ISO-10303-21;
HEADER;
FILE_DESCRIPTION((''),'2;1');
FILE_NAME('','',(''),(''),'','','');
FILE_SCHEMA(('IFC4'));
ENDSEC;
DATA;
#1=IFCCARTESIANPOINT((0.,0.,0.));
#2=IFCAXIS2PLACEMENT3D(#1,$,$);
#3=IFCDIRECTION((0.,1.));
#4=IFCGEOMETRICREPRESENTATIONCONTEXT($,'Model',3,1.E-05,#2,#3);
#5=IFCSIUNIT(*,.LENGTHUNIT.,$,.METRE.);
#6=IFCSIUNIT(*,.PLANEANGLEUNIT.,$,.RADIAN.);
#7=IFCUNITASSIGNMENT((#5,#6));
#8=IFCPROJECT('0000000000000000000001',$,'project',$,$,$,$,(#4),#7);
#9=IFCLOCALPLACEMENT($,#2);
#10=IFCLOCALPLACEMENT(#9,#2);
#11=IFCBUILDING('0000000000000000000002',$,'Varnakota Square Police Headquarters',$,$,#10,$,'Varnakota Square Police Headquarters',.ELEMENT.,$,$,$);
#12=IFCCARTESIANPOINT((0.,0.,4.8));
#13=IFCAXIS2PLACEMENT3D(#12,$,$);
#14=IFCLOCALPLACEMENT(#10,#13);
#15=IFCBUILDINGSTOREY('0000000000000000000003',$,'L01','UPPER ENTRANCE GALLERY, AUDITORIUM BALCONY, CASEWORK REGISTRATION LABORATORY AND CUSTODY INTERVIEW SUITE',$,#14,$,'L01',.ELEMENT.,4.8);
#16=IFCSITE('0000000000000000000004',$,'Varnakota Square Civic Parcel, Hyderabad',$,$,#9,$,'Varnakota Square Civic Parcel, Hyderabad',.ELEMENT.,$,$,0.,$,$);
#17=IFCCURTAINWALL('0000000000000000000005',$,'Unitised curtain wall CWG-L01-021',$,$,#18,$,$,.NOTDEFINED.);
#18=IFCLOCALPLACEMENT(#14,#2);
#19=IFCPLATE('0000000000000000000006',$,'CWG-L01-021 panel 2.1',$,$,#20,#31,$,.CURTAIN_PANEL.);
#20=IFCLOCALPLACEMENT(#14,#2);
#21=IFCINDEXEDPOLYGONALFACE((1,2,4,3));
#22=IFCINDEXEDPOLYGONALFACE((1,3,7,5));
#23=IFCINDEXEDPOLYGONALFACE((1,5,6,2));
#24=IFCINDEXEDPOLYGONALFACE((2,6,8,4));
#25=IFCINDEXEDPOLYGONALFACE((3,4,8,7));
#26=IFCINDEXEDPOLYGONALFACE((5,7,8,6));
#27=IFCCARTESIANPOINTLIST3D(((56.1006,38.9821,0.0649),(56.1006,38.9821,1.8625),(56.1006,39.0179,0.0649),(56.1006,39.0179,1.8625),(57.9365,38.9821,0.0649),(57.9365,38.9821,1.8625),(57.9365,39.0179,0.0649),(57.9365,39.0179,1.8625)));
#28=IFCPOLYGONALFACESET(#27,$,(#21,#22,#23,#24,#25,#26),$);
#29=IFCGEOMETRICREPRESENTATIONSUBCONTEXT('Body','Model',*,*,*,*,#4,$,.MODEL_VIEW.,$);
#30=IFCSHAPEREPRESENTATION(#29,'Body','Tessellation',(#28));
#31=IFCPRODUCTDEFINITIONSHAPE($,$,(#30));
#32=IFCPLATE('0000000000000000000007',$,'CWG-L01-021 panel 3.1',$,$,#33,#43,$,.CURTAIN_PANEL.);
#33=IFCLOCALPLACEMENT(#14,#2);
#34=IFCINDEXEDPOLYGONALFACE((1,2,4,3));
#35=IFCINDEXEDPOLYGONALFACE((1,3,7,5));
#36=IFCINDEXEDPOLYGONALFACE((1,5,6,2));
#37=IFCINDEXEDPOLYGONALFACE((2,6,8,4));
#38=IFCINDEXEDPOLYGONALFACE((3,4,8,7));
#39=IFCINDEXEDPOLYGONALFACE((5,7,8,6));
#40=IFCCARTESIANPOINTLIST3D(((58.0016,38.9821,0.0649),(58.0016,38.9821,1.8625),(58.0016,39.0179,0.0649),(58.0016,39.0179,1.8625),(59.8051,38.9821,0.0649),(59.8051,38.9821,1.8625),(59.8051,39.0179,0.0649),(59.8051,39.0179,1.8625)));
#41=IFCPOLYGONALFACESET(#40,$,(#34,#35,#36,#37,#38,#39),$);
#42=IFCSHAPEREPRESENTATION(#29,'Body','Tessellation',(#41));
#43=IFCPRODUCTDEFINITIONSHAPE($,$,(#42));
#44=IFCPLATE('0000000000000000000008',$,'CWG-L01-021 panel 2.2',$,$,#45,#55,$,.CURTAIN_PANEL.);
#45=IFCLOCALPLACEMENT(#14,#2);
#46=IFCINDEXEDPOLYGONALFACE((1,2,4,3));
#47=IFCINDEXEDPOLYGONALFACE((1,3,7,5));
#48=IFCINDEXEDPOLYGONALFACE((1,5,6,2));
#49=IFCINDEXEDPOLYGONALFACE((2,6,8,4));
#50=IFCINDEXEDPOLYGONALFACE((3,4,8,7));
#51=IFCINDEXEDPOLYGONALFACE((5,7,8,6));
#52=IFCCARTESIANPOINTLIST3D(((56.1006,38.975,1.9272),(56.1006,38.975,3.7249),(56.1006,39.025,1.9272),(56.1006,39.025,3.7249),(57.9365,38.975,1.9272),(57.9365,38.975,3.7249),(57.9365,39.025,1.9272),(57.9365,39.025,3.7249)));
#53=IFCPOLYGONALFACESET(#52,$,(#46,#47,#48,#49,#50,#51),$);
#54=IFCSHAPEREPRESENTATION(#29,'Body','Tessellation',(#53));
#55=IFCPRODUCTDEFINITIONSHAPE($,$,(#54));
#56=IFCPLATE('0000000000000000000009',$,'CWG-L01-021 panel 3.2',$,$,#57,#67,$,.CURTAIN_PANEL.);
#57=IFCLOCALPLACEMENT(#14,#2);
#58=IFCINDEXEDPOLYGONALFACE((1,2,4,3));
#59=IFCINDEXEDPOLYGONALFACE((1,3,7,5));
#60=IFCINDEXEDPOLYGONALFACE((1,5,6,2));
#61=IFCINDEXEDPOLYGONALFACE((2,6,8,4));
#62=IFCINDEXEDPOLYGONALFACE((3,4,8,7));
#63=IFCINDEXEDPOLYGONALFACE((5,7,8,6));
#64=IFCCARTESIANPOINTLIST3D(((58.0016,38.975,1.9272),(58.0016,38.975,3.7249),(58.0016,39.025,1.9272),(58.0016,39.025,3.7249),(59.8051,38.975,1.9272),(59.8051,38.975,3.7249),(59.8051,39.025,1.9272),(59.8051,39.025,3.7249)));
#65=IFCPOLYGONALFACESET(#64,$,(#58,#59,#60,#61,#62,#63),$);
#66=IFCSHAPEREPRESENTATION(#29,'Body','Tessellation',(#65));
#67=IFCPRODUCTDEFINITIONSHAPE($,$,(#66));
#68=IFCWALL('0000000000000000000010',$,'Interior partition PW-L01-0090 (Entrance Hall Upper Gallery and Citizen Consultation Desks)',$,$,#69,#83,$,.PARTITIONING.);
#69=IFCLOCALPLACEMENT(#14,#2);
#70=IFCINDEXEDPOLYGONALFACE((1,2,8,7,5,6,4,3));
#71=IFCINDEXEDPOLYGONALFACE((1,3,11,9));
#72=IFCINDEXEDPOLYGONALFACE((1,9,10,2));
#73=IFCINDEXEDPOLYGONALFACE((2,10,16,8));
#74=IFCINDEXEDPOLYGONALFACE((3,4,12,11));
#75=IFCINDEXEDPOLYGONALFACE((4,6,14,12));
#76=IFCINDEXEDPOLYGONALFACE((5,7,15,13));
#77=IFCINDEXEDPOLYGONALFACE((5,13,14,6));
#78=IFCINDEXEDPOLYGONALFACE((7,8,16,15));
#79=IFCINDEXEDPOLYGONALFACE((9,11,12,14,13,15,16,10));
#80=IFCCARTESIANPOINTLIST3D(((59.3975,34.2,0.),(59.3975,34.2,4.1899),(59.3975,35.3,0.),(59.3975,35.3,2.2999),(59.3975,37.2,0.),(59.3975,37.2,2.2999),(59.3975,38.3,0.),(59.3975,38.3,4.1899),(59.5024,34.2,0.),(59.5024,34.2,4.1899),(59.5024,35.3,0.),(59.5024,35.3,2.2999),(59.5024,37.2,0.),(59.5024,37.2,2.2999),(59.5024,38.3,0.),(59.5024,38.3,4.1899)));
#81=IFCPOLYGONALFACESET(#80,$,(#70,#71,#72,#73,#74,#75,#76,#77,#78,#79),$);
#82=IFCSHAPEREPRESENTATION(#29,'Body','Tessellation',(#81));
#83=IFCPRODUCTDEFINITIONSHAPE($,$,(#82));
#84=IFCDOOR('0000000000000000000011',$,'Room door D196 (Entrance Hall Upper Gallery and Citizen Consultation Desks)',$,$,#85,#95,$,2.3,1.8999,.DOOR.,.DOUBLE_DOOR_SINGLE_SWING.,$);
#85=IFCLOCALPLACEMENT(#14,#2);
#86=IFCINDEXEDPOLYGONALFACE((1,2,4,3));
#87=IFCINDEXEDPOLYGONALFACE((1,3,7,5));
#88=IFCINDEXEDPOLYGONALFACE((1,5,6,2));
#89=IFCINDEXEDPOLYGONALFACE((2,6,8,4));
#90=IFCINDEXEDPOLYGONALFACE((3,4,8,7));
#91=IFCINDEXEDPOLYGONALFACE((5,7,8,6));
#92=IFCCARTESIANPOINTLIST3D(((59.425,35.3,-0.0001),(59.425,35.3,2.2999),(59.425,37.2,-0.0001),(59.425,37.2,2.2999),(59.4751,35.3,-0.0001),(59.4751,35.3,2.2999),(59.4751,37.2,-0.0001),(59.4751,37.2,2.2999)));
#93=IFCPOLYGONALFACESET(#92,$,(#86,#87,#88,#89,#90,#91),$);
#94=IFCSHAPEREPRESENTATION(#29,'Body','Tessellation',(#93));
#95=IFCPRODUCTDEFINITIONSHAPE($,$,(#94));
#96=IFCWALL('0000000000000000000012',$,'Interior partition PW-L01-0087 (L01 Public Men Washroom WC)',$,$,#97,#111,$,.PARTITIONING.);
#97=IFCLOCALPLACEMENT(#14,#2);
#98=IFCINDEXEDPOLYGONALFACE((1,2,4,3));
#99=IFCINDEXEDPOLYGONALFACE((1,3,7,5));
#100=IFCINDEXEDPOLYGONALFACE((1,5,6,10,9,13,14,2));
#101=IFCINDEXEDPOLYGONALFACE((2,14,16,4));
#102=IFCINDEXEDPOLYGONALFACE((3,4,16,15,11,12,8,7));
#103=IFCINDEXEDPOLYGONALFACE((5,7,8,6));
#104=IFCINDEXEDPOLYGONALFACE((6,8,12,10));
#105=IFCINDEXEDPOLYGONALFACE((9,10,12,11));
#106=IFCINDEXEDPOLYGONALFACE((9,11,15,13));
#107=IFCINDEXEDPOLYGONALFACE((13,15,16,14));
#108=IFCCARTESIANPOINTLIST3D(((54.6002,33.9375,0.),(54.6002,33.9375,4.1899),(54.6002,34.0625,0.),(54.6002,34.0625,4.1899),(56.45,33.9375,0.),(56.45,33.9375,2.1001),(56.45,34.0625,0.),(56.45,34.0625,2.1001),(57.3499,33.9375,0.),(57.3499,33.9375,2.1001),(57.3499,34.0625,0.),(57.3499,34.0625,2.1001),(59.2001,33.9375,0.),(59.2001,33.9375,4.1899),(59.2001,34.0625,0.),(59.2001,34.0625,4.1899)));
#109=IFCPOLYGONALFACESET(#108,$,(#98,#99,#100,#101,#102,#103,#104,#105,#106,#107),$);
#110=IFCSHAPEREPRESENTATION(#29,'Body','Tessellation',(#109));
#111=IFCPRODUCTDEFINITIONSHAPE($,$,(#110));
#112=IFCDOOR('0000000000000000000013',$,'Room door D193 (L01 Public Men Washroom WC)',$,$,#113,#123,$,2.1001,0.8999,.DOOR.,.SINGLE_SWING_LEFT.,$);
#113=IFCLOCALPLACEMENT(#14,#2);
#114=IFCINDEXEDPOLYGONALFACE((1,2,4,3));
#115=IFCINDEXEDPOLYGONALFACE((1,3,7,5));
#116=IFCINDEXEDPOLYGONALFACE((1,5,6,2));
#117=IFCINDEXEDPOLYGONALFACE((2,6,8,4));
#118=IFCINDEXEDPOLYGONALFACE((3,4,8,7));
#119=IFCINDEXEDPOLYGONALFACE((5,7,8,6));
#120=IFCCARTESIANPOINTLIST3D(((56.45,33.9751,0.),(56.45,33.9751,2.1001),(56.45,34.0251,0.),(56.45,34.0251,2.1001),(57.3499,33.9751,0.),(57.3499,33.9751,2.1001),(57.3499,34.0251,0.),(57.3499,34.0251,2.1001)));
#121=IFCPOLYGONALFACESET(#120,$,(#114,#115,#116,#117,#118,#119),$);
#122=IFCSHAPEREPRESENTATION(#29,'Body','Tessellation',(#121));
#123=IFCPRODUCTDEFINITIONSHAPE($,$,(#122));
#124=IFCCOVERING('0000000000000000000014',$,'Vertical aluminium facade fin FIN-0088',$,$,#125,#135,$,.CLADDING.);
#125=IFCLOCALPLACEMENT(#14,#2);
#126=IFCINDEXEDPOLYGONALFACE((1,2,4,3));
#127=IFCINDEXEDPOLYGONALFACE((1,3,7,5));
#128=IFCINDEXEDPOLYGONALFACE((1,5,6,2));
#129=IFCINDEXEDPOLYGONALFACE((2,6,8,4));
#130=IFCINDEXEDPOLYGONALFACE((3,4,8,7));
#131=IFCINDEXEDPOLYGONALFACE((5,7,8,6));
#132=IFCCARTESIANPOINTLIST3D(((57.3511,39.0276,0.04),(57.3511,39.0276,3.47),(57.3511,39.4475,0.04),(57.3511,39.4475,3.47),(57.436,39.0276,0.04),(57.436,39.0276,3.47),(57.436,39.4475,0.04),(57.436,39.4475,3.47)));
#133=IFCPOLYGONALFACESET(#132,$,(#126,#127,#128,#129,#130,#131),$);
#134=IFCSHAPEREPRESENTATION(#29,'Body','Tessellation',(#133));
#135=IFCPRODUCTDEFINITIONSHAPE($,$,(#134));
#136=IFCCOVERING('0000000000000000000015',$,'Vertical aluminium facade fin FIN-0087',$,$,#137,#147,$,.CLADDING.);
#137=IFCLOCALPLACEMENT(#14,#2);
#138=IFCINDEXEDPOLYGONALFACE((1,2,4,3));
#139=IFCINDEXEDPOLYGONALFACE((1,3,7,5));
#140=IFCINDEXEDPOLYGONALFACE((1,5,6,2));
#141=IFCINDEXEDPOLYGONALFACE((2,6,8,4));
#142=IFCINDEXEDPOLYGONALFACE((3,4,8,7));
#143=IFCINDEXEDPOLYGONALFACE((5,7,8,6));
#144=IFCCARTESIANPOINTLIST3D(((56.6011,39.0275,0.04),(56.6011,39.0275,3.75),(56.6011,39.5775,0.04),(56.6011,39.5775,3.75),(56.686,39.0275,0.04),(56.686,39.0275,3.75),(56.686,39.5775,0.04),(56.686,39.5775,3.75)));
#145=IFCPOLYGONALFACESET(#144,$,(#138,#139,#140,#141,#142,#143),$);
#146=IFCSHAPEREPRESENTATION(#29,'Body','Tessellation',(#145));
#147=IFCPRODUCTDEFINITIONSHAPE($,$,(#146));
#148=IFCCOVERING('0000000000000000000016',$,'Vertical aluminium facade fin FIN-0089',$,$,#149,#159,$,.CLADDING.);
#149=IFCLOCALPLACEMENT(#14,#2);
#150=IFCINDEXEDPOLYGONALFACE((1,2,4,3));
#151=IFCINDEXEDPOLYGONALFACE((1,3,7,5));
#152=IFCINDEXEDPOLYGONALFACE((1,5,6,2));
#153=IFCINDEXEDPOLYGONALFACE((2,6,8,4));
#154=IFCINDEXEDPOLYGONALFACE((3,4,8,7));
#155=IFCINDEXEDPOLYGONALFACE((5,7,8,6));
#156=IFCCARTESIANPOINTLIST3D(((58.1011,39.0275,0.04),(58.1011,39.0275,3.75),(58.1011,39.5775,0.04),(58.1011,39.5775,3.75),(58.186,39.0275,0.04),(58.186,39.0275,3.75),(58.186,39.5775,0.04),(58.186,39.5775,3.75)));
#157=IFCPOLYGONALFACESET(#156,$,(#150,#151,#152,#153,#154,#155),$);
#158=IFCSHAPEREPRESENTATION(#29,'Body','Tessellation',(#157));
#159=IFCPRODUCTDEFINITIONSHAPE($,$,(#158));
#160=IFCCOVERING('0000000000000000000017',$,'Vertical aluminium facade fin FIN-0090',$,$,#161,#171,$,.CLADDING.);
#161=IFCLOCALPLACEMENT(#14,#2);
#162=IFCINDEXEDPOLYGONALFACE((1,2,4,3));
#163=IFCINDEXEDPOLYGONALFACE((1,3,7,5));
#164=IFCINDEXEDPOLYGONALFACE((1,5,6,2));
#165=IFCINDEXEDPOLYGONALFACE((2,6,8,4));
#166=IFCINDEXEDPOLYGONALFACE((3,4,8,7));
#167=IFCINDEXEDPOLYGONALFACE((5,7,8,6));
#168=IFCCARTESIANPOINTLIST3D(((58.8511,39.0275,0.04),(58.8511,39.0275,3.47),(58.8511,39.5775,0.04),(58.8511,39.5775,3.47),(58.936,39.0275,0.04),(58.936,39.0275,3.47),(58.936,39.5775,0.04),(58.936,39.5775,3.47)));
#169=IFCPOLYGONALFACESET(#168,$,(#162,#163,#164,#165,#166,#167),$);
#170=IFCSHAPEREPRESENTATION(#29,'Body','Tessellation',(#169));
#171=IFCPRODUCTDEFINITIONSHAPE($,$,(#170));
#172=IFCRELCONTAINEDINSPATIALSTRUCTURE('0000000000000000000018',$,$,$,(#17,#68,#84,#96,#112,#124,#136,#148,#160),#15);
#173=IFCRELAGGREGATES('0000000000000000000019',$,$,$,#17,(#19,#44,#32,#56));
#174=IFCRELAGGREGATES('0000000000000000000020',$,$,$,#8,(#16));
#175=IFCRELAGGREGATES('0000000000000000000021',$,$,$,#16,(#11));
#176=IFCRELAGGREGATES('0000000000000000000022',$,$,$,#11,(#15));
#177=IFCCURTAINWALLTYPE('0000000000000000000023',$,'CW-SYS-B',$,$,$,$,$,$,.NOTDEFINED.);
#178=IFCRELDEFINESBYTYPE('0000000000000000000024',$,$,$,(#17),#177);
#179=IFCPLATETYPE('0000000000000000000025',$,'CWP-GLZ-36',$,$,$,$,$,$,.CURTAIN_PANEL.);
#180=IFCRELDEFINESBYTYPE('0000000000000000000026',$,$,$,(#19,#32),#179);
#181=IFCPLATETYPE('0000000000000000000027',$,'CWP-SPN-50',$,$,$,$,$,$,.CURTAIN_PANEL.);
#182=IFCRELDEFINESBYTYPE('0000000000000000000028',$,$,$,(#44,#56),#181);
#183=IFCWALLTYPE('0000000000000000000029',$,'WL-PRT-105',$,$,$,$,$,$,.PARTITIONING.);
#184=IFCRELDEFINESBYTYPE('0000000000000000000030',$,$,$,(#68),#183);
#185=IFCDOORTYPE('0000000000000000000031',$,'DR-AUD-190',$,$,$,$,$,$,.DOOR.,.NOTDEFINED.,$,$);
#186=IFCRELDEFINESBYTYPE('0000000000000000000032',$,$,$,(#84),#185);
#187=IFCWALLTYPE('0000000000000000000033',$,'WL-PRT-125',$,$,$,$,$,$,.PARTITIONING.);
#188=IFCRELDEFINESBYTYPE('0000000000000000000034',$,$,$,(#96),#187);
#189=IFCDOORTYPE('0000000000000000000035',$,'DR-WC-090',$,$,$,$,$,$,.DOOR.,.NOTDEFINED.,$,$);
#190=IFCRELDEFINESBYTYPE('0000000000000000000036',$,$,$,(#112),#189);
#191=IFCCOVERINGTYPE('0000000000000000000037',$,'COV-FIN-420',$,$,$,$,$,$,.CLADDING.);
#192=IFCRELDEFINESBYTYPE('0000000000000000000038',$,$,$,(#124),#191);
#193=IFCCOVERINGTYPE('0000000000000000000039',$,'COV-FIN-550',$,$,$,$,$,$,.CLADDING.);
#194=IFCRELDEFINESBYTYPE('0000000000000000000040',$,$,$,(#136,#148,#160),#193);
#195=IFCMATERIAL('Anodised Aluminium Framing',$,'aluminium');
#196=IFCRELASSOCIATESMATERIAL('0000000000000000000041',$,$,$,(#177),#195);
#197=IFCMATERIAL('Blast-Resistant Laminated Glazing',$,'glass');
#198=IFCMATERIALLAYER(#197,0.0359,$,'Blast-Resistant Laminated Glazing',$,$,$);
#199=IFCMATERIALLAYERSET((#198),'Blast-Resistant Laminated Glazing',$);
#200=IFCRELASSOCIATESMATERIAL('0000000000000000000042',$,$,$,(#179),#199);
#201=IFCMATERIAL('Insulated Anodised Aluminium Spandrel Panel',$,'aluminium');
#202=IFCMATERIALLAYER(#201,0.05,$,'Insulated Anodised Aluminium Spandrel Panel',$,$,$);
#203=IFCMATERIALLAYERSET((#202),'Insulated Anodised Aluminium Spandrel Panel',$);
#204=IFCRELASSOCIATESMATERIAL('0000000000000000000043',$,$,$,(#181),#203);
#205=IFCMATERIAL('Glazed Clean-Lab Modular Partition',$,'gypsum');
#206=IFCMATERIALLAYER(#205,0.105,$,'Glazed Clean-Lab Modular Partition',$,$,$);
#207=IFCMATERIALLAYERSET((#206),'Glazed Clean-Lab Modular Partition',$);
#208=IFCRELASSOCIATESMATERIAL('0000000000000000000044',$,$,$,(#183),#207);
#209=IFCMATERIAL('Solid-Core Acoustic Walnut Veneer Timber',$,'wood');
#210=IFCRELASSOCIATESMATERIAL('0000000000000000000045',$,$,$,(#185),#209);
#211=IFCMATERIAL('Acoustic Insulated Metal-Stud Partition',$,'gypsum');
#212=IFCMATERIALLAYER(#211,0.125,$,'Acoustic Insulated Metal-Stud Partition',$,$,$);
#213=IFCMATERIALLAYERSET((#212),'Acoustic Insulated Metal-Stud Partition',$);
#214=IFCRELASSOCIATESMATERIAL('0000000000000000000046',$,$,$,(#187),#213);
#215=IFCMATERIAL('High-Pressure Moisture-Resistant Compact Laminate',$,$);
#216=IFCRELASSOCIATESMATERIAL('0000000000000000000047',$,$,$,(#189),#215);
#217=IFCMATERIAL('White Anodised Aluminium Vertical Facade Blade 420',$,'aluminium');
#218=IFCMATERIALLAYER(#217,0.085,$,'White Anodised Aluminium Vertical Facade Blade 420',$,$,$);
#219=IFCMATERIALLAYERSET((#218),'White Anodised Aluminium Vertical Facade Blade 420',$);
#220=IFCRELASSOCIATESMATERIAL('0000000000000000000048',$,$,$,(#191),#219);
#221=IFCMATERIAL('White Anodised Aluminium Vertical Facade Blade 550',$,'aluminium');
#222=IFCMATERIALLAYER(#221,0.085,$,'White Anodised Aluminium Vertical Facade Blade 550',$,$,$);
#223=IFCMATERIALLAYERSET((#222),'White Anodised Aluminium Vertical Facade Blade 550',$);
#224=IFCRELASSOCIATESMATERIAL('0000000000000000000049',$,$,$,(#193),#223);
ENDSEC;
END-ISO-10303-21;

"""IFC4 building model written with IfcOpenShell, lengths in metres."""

from ifc_helpers import new_model, si_unit, direction, frame, frame_2d, origin, origin_2d, place, context, subcontext, project, spatial, rectangle, extrude, material, layer, layer_set, type_object, element, fill, aggregate, save


model = new_model("IFC4")

# Units and contexts
model_context = context("Model", 3, precision=1e-05, world=origin(), true_north=direction((0.0, 1.0)))
body_context = subcontext(model_context, "Body", "Model", "MODEL_VIEW")
ifc_project = project(units=[si_unit("LENGTHUNIT", "METRE"), si_unit("PLANEANGLEUNIT", "RADIAN")], contexts=[model_context])

# Site, building, storey
site_placement = place(None, origin())
site = spatial("IfcSite", under=ifc_project, at=site_placement, Name="Varnakota Square Civic Parcel, Hyderabad", LongName="Varnakota Square Civic Parcel, Hyderabad", CompositionType="ELEMENT", RefElevation=0.0)
building_placement = place(site_placement, origin())
building = spatial("IfcBuilding", under=site, at=building_placement, Name="Varnakota Square Police Headquarters", LongName="Varnakota Square Police Headquarters", CompositionType="ELEMENT")
storey_placement = place(building_placement, frame((0.0, 0.0, 4.8)))
storey = spatial("IfcBuildingStorey", under=building, at=storey_placement, Name="L01", Description="UPPER ENTRANCE GALLERY, AUDITORIUM BALCONY, CASEWORK REGISTRATION LABORATORY AND CUSTODY INTERVIEW SUITE", LongName="L01", CompositionType="ELEMENT", Elevation=4.8)

# Curtain wall
ifc_material_1 = material(Name="Anodised Aluminium Framing", Category="aluminium")
curtain_wall_type = type_object("IfcCurtainWallType", Name="CW-SYS-B", PredefinedType="NOTDEFINED", material=ifc_material_1)
curtain_wall_1_placement = place(storey_placement, origin())
curtain_wall_1 = element("IfcCurtainWall", 1, at=curtain_wall_1_placement, inside=storey, type_object=curtain_wall_type, Name="Unitised curtain wall CWG-L01-021", PredefinedType="NOTDEFINED")

# Plates
ifc_material_2 = material(Name="Blast-Resistant Laminated Glazing", Category="glass")
ifc_layer_1 = layer(ifc_material_2, 0.0359, Name="Blast-Resistant Laminated Glazing")
ifc_layer_set_1 = layer_set([ifc_layer_1], Name="Blast-Resistant Laminated Glazing")
plate_type_1 = type_object("IfcPlateType", Name="CWP-GLZ-36", PredefinedType="CURTAIN_PANEL", material=ifc_layer_set_1)
plate_1_placement = place(storey_placement, frame((57.0186, 39.0, 0.0649), z_axis=(0.0, 0.0, 1.0), x_axis=(1.0, 0.0, 0.0)))
plate_1 = element("IfcPlate", 2, at=plate_1_placement, type_object=plate_type_1, Name="CWG-L01-021 panel 2.1", PredefinedType="CURTAIN_PANEL", context=body_context, shape_type="SweptSolid", body=[
    extrude(rectangle(XDim=1.8359, YDim=0.0359, at=origin_2d()), origin(), (0.0, 0.0, 1.0), 1.7976),
])
plate_2_placement = place(storey_placement, frame((58.9033, 39.0, 0.0649), z_axis=(0.0, 0.0, 1.0), x_axis=(1.0, 0.0, 0.0)))
plate_2 = element("IfcPlate", 3, at=plate_2_placement, type_object=plate_type_1, Name="CWG-L01-021 panel 3.1", PredefinedType="CURTAIN_PANEL", context=body_context, shape_type="SweptSolid", body=[
    extrude(rectangle(XDim=1.8035, YDim=0.0359, at=origin_2d()), origin(), (0.0, 0.0, 1.0), 1.7976),
])
ifc_material_3 = material(Name="Insulated Anodised Aluminium Spandrel Panel", Category="aluminium")
ifc_layer_2 = layer(ifc_material_3, 0.05, Name="Insulated Anodised Aluminium Spandrel Panel")
ifc_layer_set_2 = layer_set([ifc_layer_2], Name="Insulated Anodised Aluminium Spandrel Panel")
plate_type_2 = type_object("IfcPlateType", Name="CWP-SPN-50", PredefinedType="CURTAIN_PANEL", material=ifc_layer_set_2)
plate_3_placement = place(storey_placement, frame((57.0186, 39.0, 1.9272), z_axis=(0.0, 0.0, 1.0), x_axis=(1.0, 0.0, 0.0)))
plate_3 = element("IfcPlate", 4, at=plate_3_placement, type_object=plate_type_2, Name="CWG-L01-021 panel 2.2", PredefinedType="CURTAIN_PANEL", context=body_context, shape_type="SweptSolid", body=[
    extrude(rectangle(XDim=1.8359, YDim=0.05, at=origin_2d()), origin(), (0.0, 0.0, 1.0), 1.7976),
])
plate_4_placement = place(storey_placement, frame((58.9033, 39.0, 1.9272), z_axis=(0.0, 0.0, 1.0), x_axis=(1.0, 0.0, 0.0)))
plate_4 = element("IfcPlate", 5, at=plate_4_placement, type_object=plate_type_2, Name="CWG-L01-021 panel 3.2", PredefinedType="CURTAIN_PANEL", context=body_context, shape_type="SweptSolid", body=[
    extrude(rectangle(XDim=1.8035, YDim=0.05, at=origin_2d()), origin(), (0.0, 0.0, 1.0), 1.7976),
])
aggregate(curtain_wall_1, [plate_1, plate_3, plate_2, plate_4])

# Walls, openings, doors
ifc_material_4 = material(Name="Glazed Clean-Lab Modular Partition", Category="gypsum")
ifc_layer_3 = layer(ifc_material_4, 0.105, Name="Glazed Clean-Lab Modular Partition")
ifc_layer_set_3 = layer_set([ifc_layer_3], Name="Glazed Clean-Lab Modular Partition")
wall_type_1 = type_object("IfcWallType", Name="WL-PRT-105", PredefinedType="PARTITIONING", material=ifc_layer_set_3)
wall_1_placement = place(storey_placement, frame((59.45, 34.2, 0.0), z_axis=(0.0, 0.0, 1.0), x_axis=(0.0, 1.0, 0.0)))
wall_1 = element("IfcWall", 6, at=wall_1_placement, inside=storey, type_object=wall_type_1, Name="Interior partition PW-L01-0090 (Entrance Hall Upper Gallery and Citizen Consultation Desks)", PredefinedType="PARTITIONING", context=body_context, shape_type="SweptSolid", body=[
    extrude(rectangle(XDim=4.1001, YDim=0.105, at=frame_2d((2.05, 0.0))), origin(), (0.0, 0.0, 1.0), 4.1899),
])
opening_1_placement = place(wall_1_placement, frame((1.1001, 0.0, 0.0)))
opening_1 = element("IfcOpeningElement", 7, at=opening_1_placement, cuts=wall_1, PredefinedType="OPENING", context=body_context, shape_type="SweptSolid", body=[
    extrude(rectangle(XDim=1.8999, YDim=2.3, at=frame_2d((0.95, 1.1499))), frame((0.0, 0.0625, 0.0), z_axis=(0.0, -1.0, 0.0), x_axis=(1.0, 0.0, 0.0)), (0.0, 0.0, 1.0), 0.125),
])
ifc_material_5 = material(Name="Solid-Core Acoustic Walnut Veneer Timber", Category="wood")
door_type_1 = type_object("IfcDoorType", Name="DR-AUD-190", OperationType="NOTDEFINED", PredefinedType="DOOR", material=ifc_material_5)
door_1_placement = place(opening_1_placement, origin())
door_1 = element("IfcDoor", 8, at=door_1_placement, inside=storey, type_object=door_type_1, Name="Room door D196 (Entrance Hall Upper Gallery and Citizen Consultation Desks)", OperationType="DOUBLE_DOOR_SINGLE_SWING", OverallHeight=2.3, OverallWidth=1.8999, PredefinedType="DOOR", context=body_context, shape_type="SweptSolid", body=[
    extrude(rectangle(XDim=1.8999, YDim=2.3, at=frame_2d((0.95, 1.1499))), frame((0.0, 0.0249, 0.0), z_axis=(0.0, -1.0, 0.0), x_axis=(1.0, 0.0, 0.0)), (0.0, 0.0, 1.0), 0.05),
])
fill(opening_1, door_1)
ifc_material_6 = material(Name="Acoustic Insulated Metal-Stud Partition", Category="gypsum")
ifc_layer_4 = layer(ifc_material_6, 0.125, Name="Acoustic Insulated Metal-Stud Partition")
ifc_layer_set_4 = layer_set([ifc_layer_4], Name="Acoustic Insulated Metal-Stud Partition")
wall_type_2 = type_object("IfcWallType", Name="WL-PRT-125", PredefinedType="PARTITIONING", material=ifc_layer_set_4)
wall_2_placement = place(storey_placement, frame((59.2, 34.0, 0.0), z_axis=(0.0, 0.0, 1.0), x_axis=(-1.0, 0.0, 0.0)))
wall_2 = element("IfcWall", 9, at=wall_2_placement, inside=storey, type_object=wall_type_2, Name="Interior partition PW-L01-0087 (L01 Public Men Washroom WC)", PredefinedType="PARTITIONING", context=body_context, shape_type="SweptSolid", body=[
    extrude(rectangle(XDim=4.5999, YDim=0.125, at=frame_2d((2.2998, 0.0))), origin(), (0.0, 0.0, 1.0), 4.1899),
])
opening_2_placement = place(wall_2_placement, frame((1.8501, 0.0, 0.0)))
opening_2 = element("IfcOpeningElement", 10, at=opening_2_placement, cuts=wall_2, PredefinedType="OPENING", context=body_context, shape_type="SweptSolid", body=[
    extrude(rectangle(XDim=0.8999, YDim=2.1001, at=frame_2d((0.45, 1.05))), frame((0.0, 0.0725, 0.0), z_axis=(0.0, -1.0, 0.0), x_axis=(1.0, 0.0, 0.0)), (0.0, 0.0, 1.0), 0.145),
])
ifc_material_7 = material(Name="High-Pressure Moisture-Resistant Compact Laminate")
door_type_2 = type_object("IfcDoorType", Name="DR-WC-090", OperationType="NOTDEFINED", PredefinedType="DOOR", material=ifc_material_7)
door_2_placement = place(opening_2_placement, origin())
door_2 = element("IfcDoor", 11, at=door_2_placement, inside=storey, type_object=door_type_2, Name="Room door D193 (L01 Public Men Washroom WC)", OperationType="SINGLE_SWING_LEFT", OverallHeight=2.1001, OverallWidth=0.8999, PredefinedType="DOOR", context=body_context, shape_type="SweptSolid", body=[
    extrude(rectangle(XDim=0.8999, YDim=2.1001, at=frame_2d((0.45, 1.05))), frame((0.0, 0.0249, 0.0), z_axis=(0.0, -1.0, 0.0), x_axis=(1.0, 0.0, 0.0)), (0.0, 0.0, 1.0), 0.05),
])
fill(opening_2, door_2)

# Coverings
ifc_material_8 = material(Name="White Anodised Aluminium Vertical Facade Blade 420", Category="aluminium")
ifc_layer_5 = layer(ifc_material_8, 0.085, Name="White Anodised Aluminium Vertical Facade Blade 420")
ifc_layer_set_5 = layer_set([ifc_layer_5], Name="White Anodised Aluminium Vertical Facade Blade 420")
covering_type_1 = type_object("IfcCoveringType", Name="COV-FIN-420", PredefinedType="CLADDING", material=ifc_layer_set_5)
covering_1_placement = place(storey_placement, frame((57.3936, 39.2375, 0.04), z_axis=(0.0, 0.0, 1.0), x_axis=(1.0, 0.0, 0.0)))
element("IfcCovering", 12, at=covering_1_placement, inside=storey, type_object=covering_type_1, Name="Vertical aluminium facade fin FIN-0088", PredefinedType="CLADDING", context=body_context, shape_type="SweptSolid", body=[
    extrude(rectangle(XDim=0.085, YDim=0.4199, at=origin_2d()), origin(), (0.0, 0.0, 1.0), 3.4299),
])
ifc_material_9 = material(Name="White Anodised Aluminium Vertical Facade Blade 550", Category="aluminium")
ifc_layer_6 = layer(ifc_material_9, 0.085, Name="White Anodised Aluminium Vertical Facade Blade 550")
ifc_layer_set_6 = layer_set([ifc_layer_6], Name="White Anodised Aluminium Vertical Facade Blade 550")
covering_type_2 = type_object("IfcCoveringType", Name="COV-FIN-550", PredefinedType="CLADDING", material=ifc_layer_set_6)
for number, where, z_axis, x_axis, name in (
    (13, (56.6436, 39.3025, 0.04), (0.0, 0.0, 1.0), (1.0, 0.0, 0.0), "Vertical aluminium facade fin FIN-0087"),
    (14, (58.1436, 39.3025, 0.04), (0.0, 0.0, 1.0), (1.0, 0.0, 0.0), "Vertical aluminium facade fin FIN-0089"),
):
    element("IfcCovering", number, at=place(storey_placement, frame(where, z_axis=z_axis, x_axis=x_axis)), inside=storey, type_object=covering_type_2, Name=name, PredefinedType="CLADDING", context=body_context, shape_type="SweptSolid", body=[
        extrude(rectangle(XDim=0.085, YDim=0.55, at=origin_2d()), origin(), (0.0, 0.0, 1.0), 3.71),
    ])
covering_2_placement = place(storey_placement, frame((58.8936, 39.3025, 0.04), z_axis=(0.0, 0.0, 1.0), x_axis=(1.0, 0.0, 0.0)))
element("IfcCovering", 15, at=covering_2_placement, inside=storey, type_object=covering_type_2, Name="Vertical aluminium facade fin FIN-0090", PredefinedType="CLADDING", context=body_context, shape_type="SweptSolid", body=[
    extrude(rectangle(XDim=0.085, YDim=0.55, at=origin_2d()), origin(), (0.0, 0.0, 1.0), 3.4299),
])

save(model, "model.ifc")
